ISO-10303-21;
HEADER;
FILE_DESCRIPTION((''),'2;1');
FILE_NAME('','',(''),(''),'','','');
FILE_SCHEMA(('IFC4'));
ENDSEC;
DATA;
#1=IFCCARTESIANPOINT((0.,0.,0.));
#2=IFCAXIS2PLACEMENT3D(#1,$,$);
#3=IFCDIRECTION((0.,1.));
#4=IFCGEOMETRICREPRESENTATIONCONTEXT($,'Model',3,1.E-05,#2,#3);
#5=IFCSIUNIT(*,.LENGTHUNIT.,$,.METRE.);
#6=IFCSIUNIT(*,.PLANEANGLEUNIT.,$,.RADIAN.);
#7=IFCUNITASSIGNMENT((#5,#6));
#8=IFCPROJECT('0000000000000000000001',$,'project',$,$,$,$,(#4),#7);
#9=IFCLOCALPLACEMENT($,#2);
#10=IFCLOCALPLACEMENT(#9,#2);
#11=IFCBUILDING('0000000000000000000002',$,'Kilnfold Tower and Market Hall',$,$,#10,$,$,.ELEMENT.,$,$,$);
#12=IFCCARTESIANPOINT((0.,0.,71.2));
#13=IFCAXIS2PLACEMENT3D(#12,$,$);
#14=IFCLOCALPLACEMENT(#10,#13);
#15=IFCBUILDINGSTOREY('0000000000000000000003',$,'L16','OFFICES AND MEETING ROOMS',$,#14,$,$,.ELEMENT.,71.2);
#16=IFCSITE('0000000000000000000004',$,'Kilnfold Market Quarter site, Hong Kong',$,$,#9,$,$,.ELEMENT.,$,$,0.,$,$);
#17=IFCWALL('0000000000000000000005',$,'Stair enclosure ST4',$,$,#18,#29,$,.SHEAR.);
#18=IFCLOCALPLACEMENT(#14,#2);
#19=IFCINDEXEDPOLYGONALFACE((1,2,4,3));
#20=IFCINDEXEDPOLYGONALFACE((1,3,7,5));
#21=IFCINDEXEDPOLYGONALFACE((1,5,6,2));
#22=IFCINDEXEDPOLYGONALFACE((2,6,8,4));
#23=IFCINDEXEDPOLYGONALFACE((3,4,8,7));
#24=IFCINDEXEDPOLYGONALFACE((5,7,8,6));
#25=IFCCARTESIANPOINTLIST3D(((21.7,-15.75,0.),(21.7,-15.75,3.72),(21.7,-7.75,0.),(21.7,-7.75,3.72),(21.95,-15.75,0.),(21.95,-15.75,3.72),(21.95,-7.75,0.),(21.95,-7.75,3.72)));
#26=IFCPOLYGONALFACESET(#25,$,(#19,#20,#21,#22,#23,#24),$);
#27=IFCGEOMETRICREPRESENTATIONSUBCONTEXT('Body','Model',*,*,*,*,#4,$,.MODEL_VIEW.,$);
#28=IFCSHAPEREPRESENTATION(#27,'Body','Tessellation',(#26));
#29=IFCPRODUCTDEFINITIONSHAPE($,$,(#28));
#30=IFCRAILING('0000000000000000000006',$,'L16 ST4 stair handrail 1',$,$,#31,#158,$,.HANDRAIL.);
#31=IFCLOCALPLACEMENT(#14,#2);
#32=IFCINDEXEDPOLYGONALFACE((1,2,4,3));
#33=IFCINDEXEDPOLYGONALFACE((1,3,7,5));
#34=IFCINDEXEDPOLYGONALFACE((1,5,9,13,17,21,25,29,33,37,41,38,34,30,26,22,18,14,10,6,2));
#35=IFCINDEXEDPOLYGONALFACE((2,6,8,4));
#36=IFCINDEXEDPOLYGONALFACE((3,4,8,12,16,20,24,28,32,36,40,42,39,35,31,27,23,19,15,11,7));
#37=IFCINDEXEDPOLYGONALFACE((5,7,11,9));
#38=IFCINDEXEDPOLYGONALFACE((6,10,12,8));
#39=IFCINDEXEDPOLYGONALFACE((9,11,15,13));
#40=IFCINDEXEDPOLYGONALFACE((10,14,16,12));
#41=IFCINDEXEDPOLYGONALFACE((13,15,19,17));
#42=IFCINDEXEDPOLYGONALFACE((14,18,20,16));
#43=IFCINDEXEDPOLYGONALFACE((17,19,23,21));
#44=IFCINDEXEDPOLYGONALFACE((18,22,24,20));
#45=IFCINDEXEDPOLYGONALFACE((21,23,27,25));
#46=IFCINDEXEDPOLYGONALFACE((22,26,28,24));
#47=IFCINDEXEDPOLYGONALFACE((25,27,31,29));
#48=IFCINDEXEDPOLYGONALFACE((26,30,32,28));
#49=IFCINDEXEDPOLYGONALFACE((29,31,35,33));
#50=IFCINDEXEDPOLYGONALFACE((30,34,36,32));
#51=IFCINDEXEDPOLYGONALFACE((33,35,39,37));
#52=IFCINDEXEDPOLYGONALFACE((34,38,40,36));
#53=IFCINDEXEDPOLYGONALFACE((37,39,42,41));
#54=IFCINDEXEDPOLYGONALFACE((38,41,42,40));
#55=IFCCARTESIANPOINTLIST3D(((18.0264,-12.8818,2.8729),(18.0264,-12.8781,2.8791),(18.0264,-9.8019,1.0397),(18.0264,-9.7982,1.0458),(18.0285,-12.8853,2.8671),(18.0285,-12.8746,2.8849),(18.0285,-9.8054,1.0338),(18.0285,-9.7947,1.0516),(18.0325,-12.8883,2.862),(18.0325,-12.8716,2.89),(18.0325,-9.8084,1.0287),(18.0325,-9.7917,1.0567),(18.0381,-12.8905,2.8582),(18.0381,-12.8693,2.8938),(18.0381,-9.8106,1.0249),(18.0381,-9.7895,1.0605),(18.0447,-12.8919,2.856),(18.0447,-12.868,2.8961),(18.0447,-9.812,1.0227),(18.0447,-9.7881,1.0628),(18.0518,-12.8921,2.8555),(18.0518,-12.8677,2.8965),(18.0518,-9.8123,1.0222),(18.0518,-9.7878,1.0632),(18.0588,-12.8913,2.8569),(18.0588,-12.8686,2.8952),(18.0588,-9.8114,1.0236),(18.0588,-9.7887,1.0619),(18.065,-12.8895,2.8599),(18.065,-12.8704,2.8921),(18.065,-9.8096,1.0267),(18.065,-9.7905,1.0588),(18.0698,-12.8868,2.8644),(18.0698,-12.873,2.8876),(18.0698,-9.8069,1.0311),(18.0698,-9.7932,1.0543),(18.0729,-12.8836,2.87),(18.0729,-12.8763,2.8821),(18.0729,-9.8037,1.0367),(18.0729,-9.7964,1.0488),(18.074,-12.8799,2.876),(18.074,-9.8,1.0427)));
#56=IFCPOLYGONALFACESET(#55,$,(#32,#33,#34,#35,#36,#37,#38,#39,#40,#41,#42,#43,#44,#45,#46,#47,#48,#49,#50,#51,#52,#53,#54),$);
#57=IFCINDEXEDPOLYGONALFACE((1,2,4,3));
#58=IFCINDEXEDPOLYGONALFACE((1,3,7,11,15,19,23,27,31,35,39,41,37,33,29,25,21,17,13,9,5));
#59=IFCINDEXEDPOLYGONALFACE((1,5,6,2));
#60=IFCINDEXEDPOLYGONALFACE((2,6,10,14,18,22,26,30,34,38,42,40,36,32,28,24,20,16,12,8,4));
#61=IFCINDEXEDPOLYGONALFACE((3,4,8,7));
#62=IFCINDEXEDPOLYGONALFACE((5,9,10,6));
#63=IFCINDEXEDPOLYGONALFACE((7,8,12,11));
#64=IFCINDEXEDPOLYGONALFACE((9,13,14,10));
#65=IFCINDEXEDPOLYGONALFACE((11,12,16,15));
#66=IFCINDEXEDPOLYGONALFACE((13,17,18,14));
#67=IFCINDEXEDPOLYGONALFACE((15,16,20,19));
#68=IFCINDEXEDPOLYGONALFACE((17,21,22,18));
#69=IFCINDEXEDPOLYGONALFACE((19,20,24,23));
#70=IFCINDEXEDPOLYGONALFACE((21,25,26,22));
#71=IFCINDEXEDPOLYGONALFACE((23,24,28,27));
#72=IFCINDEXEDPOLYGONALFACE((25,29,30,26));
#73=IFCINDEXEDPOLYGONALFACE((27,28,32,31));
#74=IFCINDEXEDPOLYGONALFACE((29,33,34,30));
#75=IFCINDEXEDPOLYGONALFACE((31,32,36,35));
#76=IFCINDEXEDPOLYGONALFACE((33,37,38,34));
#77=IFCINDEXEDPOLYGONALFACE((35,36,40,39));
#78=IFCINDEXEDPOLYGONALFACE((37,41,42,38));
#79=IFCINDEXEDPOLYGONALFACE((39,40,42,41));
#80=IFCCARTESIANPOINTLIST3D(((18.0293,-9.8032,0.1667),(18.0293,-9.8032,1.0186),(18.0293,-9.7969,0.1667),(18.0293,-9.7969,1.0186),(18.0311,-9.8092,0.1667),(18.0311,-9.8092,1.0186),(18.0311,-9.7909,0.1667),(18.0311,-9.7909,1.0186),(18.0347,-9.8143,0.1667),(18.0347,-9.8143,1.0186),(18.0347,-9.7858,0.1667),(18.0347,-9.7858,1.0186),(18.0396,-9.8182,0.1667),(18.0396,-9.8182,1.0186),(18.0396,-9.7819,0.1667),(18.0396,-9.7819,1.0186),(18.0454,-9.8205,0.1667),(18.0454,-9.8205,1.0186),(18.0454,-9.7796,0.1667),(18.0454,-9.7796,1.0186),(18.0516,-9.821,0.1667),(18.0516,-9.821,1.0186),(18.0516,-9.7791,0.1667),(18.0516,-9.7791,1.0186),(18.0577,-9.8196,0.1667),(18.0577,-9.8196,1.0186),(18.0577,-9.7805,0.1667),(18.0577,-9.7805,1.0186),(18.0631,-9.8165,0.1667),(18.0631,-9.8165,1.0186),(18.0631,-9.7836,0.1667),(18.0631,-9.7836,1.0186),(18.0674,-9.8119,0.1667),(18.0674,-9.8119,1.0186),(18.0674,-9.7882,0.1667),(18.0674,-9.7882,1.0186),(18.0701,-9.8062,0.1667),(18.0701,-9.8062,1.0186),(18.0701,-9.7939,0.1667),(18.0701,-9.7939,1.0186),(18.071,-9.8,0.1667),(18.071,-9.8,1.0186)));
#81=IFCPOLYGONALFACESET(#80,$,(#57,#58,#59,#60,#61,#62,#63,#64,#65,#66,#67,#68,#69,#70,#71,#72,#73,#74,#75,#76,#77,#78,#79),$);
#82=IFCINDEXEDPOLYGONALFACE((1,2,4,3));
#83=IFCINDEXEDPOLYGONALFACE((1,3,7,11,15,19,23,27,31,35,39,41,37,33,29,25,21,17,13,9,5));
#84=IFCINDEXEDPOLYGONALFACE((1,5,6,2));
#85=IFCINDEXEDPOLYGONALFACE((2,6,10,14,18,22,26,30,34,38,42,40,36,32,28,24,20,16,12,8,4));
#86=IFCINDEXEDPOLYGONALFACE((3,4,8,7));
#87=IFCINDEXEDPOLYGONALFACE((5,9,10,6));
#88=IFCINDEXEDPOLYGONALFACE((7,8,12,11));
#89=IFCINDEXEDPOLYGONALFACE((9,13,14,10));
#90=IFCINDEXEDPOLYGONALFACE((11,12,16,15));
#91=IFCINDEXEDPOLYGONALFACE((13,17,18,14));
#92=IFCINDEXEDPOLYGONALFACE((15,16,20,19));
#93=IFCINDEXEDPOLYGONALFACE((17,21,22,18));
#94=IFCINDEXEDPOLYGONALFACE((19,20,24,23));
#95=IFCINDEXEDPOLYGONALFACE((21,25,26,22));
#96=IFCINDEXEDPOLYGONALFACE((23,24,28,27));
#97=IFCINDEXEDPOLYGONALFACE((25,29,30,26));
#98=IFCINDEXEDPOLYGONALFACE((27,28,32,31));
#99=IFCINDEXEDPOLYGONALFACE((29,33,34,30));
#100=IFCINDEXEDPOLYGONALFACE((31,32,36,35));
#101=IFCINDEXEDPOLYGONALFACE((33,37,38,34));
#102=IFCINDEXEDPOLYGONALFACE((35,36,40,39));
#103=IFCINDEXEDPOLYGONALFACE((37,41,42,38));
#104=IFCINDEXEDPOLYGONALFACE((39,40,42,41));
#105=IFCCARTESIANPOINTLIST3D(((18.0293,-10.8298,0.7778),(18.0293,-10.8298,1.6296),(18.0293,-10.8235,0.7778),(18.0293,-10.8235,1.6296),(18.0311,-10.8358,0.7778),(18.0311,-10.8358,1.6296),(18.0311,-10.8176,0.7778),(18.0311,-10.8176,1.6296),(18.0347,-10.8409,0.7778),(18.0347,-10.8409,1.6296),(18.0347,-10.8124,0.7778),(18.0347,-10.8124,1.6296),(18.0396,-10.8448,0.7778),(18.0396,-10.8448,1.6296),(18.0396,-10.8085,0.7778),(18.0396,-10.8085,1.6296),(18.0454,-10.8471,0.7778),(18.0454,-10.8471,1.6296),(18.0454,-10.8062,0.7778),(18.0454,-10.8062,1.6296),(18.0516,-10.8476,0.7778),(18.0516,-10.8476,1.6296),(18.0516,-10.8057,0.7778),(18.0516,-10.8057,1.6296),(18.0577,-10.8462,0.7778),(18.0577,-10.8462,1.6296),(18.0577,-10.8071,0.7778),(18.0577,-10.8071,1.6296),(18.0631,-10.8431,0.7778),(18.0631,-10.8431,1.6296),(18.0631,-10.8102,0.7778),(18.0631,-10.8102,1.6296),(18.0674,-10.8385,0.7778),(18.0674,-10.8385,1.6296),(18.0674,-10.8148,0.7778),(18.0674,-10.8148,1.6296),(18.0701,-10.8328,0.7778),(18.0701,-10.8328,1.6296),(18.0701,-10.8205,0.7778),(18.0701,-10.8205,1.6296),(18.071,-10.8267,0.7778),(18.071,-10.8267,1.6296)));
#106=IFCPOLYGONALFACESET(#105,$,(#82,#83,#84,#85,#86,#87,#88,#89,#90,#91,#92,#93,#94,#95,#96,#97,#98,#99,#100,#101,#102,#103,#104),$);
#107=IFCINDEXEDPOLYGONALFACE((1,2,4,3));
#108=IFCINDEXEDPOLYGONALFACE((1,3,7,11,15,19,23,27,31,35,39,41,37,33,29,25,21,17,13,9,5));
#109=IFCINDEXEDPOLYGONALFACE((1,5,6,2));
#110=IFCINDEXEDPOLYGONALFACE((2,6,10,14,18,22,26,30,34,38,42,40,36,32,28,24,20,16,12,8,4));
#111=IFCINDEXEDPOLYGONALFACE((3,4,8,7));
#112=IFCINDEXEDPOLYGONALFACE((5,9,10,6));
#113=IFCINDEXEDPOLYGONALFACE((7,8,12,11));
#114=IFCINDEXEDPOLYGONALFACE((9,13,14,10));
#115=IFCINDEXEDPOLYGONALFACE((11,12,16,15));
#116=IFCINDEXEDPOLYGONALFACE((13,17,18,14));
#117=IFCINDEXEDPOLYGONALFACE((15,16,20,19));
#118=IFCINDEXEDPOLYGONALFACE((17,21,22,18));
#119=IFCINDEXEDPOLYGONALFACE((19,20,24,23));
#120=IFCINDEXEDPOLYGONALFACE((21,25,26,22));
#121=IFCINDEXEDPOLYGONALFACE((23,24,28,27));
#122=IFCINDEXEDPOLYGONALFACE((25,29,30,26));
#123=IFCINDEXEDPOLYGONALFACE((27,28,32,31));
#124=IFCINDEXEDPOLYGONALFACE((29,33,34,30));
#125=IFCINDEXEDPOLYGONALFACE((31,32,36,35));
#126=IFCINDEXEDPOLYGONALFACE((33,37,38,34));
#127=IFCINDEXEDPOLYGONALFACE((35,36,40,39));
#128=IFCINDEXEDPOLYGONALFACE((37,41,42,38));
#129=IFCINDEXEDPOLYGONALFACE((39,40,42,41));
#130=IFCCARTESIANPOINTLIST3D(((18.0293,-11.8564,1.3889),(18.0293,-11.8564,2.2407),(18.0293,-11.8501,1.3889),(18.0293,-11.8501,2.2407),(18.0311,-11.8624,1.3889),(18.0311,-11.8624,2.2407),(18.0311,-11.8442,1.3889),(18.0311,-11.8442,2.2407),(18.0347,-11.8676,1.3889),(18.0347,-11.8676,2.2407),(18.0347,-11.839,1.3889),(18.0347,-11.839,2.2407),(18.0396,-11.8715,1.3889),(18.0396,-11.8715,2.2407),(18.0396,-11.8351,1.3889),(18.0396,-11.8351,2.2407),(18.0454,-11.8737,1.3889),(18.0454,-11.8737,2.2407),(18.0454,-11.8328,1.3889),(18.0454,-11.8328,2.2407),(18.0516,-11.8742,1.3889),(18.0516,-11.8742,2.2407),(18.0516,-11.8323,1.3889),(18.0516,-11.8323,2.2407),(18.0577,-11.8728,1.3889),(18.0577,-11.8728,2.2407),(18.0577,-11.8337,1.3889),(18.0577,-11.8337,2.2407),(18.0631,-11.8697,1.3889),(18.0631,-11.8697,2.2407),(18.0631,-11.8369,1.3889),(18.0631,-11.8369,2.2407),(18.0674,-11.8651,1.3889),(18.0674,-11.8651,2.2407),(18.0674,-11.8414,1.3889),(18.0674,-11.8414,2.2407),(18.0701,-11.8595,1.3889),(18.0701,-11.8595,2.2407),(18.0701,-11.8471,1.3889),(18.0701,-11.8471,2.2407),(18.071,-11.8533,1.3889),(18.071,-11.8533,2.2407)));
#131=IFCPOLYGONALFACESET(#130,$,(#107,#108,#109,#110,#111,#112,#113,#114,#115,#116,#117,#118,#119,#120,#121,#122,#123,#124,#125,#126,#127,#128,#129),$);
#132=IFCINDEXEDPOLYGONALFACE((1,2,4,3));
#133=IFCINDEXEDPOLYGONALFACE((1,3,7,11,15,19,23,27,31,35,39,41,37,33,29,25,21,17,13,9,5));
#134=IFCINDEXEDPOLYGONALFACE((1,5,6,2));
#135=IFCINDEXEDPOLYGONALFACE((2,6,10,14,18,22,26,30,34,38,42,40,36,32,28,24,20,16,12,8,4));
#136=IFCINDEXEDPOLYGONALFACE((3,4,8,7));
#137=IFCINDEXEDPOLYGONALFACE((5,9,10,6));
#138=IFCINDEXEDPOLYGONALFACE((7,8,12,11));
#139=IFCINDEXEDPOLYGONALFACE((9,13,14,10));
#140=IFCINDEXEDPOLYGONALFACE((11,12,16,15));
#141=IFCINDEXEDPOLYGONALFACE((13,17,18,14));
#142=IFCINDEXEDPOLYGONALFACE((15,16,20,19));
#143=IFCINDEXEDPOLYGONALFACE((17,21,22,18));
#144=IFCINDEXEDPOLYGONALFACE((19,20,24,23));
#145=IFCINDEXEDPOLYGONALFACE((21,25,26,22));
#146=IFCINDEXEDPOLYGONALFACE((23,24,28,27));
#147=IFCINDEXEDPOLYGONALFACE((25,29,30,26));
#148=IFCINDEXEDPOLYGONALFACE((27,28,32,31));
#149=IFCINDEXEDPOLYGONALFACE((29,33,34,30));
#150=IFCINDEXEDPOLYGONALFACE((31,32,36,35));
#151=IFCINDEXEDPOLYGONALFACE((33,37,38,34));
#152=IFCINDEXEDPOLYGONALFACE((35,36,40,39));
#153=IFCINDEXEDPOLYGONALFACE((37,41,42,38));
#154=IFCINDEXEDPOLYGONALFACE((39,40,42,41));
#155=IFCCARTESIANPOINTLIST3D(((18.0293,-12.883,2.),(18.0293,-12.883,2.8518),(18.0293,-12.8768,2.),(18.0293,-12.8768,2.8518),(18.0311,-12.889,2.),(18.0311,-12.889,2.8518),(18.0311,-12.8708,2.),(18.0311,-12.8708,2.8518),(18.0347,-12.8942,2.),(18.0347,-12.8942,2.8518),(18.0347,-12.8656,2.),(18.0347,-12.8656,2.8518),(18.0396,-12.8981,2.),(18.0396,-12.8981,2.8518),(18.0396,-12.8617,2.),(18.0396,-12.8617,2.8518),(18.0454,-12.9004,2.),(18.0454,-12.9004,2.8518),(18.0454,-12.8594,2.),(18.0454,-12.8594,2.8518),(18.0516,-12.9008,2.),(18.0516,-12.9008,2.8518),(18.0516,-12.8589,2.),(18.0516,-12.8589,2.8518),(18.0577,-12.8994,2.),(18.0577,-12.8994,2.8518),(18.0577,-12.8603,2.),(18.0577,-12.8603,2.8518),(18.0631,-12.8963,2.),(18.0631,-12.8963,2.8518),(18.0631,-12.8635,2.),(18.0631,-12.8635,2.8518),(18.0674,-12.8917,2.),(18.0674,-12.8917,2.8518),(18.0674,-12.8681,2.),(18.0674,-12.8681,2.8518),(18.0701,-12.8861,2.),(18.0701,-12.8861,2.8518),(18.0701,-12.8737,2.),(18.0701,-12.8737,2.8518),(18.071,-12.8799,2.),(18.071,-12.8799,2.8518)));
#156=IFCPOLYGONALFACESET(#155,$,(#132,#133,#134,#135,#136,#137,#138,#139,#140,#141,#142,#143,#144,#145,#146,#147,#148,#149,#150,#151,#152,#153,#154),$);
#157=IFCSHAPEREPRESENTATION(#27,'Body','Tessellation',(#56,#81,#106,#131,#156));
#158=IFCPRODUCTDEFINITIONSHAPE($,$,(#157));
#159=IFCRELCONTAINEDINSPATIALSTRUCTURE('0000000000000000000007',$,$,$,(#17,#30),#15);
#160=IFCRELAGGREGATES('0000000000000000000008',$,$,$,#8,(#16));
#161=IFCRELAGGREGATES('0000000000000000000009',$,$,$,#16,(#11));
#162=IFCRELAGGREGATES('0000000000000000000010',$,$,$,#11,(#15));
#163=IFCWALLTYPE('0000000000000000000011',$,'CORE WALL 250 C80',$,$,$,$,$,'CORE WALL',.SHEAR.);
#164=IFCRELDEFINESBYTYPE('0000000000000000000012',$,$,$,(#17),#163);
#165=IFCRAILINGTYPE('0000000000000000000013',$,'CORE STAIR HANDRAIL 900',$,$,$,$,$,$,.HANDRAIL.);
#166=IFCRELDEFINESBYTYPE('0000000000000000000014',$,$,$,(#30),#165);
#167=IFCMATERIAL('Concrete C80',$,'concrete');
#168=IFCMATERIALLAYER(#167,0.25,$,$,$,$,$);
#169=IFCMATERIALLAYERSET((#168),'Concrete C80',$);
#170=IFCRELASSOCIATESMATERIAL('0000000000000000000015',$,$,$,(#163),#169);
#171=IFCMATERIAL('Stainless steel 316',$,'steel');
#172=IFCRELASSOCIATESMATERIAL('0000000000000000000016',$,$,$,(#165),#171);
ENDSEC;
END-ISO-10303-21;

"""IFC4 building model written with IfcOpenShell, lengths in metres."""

from ifc_helpers import new_model, si_unit, direction, frame, frame_2d, origin, origin_2d, place, context, subcontext, project, spatial, rectangle, circle, extrude, source, transform, mapped, material, layer, layer_set, type_object, element, save


model = new_model("IFC4")

# Units and contexts
model_context = context("Model", 3, precision=1e-05, world=origin(), true_north=direction((0.0, 1.0)))
body_context = subcontext(model_context, "Body", "Model", "MODEL_VIEW")
ifc_project = project(units=[si_unit("LENGTHUNIT", "METRE"), si_unit("PLANEANGLEUNIT", "RADIAN")], contexts=[model_context])

# Site, building, storey
site_placement = place(None, origin())
site = spatial("IfcSite", under=ifc_project, at=site_placement, Name="Kilnfold Market Quarter site, Hong Kong", CompositionType="ELEMENT", RefElevation=0.0)
building_placement = place(site_placement, origin())
building = spatial("IfcBuilding", under=site, at=building_placement, Name="Kilnfold Tower and Market Hall", CompositionType="ELEMENT")
storey_placement = place(building_placement, frame((0.0, 0.0, 71.2)))
storey = spatial("IfcBuildingStorey", under=building, at=storey_placement, Name="L16", Description="OFFICES AND MEETING ROOMS", CompositionType="ELEMENT", Elevation=71.2)

# Shared definitions
ifc_material_1 = material(Name="Concrete C80", Category="concrete")
ifc_layer_1 = layer(ifc_material_1, 0.25)
ifc_layer_set_1 = layer_set([ifc_layer_1], Name="Concrete C80")
wall_type_1 = type_object("IfcWallType", Name="CORE WALL 250 C80", ElementType="CORE WALL", PredefinedType="SHEAR", material=ifc_layer_set_1)

# Wall
shared_shape_1 = source(origin(), body_context, "Body", "SweptSolid", [
    extrude(rectangle(XDim=8.0, YDim=0.25, at=frame_2d((4.0, 0.0))), origin(), (0.0, 0.0, 1.0), 3.72),
])
for number, where, z_axis, x_axis, name in (
    (1, (21.825, -15.75, 0.0), (0.0, 0.0, 1.0), (0.0, 1.0, 0.0), "Stair enclosure ST4"),
):
    element("IfcWall", number, at=place(storey_placement, frame(where, z_axis=z_axis, x_axis=x_axis)), inside=storey, type_object=wall_type_1, Name=name, PredefinedType="SHEAR", context=body_context, shape_type="MappedRepresentation", body=[
        mapped(shared_shape_1, transform((0.0, 0.0, 0.0))),
    ])

# Railing
ifc_material_2 = material(Name="Stainless steel 316", Category="steel")
railing_type_1 = type_object("IfcRailingType", Name="CORE STAIR HANDRAIL 900", PredefinedType="HANDRAIL", material=ifc_material_2)
railing_1_placement = place(storey_placement, frame((18.05, -9.8, 0.1667)))
element("IfcRailing", 2, at=railing_1_placement, inside=storey, type_object=railing_type_1, Name="L16 ST4 stair handrail 1", PredefinedType="HANDRAIL", context=body_context, shape_type="SweptSolid", body=[
    extrude(circle(Radius=0.0239, at=origin_2d()), frame((0.0, 0.0, 0.876), z_axis=(0.0, -0.859291, 0.511487), x_axis=(1.0, 0.0, 0.0)), (0.0, 0.0, 1.0), 3.5842),
    extrude(circle(Radius=0.021, at=origin_2d()), origin(), (0.0, 0.0, 1.0), 0.8518),
    extrude(circle(Radius=0.021, at=origin_2d()), frame((0.0, -1.0266, 0.6111)), (0.0, 0.0, 1.0), 0.8518),
    extrude(circle(Radius=0.021, at=origin_2d()), frame((0.0, -2.0532, 1.2222)), (0.0, 0.0, 1.0), 0.8518),
    extrude(circle(Radius=0.021, at=origin_2d()), frame((0.0, -3.0798, 1.8333)), (0.0, 0.0, 1.0), 0.8518),
])

save(model, "model.ifc")
